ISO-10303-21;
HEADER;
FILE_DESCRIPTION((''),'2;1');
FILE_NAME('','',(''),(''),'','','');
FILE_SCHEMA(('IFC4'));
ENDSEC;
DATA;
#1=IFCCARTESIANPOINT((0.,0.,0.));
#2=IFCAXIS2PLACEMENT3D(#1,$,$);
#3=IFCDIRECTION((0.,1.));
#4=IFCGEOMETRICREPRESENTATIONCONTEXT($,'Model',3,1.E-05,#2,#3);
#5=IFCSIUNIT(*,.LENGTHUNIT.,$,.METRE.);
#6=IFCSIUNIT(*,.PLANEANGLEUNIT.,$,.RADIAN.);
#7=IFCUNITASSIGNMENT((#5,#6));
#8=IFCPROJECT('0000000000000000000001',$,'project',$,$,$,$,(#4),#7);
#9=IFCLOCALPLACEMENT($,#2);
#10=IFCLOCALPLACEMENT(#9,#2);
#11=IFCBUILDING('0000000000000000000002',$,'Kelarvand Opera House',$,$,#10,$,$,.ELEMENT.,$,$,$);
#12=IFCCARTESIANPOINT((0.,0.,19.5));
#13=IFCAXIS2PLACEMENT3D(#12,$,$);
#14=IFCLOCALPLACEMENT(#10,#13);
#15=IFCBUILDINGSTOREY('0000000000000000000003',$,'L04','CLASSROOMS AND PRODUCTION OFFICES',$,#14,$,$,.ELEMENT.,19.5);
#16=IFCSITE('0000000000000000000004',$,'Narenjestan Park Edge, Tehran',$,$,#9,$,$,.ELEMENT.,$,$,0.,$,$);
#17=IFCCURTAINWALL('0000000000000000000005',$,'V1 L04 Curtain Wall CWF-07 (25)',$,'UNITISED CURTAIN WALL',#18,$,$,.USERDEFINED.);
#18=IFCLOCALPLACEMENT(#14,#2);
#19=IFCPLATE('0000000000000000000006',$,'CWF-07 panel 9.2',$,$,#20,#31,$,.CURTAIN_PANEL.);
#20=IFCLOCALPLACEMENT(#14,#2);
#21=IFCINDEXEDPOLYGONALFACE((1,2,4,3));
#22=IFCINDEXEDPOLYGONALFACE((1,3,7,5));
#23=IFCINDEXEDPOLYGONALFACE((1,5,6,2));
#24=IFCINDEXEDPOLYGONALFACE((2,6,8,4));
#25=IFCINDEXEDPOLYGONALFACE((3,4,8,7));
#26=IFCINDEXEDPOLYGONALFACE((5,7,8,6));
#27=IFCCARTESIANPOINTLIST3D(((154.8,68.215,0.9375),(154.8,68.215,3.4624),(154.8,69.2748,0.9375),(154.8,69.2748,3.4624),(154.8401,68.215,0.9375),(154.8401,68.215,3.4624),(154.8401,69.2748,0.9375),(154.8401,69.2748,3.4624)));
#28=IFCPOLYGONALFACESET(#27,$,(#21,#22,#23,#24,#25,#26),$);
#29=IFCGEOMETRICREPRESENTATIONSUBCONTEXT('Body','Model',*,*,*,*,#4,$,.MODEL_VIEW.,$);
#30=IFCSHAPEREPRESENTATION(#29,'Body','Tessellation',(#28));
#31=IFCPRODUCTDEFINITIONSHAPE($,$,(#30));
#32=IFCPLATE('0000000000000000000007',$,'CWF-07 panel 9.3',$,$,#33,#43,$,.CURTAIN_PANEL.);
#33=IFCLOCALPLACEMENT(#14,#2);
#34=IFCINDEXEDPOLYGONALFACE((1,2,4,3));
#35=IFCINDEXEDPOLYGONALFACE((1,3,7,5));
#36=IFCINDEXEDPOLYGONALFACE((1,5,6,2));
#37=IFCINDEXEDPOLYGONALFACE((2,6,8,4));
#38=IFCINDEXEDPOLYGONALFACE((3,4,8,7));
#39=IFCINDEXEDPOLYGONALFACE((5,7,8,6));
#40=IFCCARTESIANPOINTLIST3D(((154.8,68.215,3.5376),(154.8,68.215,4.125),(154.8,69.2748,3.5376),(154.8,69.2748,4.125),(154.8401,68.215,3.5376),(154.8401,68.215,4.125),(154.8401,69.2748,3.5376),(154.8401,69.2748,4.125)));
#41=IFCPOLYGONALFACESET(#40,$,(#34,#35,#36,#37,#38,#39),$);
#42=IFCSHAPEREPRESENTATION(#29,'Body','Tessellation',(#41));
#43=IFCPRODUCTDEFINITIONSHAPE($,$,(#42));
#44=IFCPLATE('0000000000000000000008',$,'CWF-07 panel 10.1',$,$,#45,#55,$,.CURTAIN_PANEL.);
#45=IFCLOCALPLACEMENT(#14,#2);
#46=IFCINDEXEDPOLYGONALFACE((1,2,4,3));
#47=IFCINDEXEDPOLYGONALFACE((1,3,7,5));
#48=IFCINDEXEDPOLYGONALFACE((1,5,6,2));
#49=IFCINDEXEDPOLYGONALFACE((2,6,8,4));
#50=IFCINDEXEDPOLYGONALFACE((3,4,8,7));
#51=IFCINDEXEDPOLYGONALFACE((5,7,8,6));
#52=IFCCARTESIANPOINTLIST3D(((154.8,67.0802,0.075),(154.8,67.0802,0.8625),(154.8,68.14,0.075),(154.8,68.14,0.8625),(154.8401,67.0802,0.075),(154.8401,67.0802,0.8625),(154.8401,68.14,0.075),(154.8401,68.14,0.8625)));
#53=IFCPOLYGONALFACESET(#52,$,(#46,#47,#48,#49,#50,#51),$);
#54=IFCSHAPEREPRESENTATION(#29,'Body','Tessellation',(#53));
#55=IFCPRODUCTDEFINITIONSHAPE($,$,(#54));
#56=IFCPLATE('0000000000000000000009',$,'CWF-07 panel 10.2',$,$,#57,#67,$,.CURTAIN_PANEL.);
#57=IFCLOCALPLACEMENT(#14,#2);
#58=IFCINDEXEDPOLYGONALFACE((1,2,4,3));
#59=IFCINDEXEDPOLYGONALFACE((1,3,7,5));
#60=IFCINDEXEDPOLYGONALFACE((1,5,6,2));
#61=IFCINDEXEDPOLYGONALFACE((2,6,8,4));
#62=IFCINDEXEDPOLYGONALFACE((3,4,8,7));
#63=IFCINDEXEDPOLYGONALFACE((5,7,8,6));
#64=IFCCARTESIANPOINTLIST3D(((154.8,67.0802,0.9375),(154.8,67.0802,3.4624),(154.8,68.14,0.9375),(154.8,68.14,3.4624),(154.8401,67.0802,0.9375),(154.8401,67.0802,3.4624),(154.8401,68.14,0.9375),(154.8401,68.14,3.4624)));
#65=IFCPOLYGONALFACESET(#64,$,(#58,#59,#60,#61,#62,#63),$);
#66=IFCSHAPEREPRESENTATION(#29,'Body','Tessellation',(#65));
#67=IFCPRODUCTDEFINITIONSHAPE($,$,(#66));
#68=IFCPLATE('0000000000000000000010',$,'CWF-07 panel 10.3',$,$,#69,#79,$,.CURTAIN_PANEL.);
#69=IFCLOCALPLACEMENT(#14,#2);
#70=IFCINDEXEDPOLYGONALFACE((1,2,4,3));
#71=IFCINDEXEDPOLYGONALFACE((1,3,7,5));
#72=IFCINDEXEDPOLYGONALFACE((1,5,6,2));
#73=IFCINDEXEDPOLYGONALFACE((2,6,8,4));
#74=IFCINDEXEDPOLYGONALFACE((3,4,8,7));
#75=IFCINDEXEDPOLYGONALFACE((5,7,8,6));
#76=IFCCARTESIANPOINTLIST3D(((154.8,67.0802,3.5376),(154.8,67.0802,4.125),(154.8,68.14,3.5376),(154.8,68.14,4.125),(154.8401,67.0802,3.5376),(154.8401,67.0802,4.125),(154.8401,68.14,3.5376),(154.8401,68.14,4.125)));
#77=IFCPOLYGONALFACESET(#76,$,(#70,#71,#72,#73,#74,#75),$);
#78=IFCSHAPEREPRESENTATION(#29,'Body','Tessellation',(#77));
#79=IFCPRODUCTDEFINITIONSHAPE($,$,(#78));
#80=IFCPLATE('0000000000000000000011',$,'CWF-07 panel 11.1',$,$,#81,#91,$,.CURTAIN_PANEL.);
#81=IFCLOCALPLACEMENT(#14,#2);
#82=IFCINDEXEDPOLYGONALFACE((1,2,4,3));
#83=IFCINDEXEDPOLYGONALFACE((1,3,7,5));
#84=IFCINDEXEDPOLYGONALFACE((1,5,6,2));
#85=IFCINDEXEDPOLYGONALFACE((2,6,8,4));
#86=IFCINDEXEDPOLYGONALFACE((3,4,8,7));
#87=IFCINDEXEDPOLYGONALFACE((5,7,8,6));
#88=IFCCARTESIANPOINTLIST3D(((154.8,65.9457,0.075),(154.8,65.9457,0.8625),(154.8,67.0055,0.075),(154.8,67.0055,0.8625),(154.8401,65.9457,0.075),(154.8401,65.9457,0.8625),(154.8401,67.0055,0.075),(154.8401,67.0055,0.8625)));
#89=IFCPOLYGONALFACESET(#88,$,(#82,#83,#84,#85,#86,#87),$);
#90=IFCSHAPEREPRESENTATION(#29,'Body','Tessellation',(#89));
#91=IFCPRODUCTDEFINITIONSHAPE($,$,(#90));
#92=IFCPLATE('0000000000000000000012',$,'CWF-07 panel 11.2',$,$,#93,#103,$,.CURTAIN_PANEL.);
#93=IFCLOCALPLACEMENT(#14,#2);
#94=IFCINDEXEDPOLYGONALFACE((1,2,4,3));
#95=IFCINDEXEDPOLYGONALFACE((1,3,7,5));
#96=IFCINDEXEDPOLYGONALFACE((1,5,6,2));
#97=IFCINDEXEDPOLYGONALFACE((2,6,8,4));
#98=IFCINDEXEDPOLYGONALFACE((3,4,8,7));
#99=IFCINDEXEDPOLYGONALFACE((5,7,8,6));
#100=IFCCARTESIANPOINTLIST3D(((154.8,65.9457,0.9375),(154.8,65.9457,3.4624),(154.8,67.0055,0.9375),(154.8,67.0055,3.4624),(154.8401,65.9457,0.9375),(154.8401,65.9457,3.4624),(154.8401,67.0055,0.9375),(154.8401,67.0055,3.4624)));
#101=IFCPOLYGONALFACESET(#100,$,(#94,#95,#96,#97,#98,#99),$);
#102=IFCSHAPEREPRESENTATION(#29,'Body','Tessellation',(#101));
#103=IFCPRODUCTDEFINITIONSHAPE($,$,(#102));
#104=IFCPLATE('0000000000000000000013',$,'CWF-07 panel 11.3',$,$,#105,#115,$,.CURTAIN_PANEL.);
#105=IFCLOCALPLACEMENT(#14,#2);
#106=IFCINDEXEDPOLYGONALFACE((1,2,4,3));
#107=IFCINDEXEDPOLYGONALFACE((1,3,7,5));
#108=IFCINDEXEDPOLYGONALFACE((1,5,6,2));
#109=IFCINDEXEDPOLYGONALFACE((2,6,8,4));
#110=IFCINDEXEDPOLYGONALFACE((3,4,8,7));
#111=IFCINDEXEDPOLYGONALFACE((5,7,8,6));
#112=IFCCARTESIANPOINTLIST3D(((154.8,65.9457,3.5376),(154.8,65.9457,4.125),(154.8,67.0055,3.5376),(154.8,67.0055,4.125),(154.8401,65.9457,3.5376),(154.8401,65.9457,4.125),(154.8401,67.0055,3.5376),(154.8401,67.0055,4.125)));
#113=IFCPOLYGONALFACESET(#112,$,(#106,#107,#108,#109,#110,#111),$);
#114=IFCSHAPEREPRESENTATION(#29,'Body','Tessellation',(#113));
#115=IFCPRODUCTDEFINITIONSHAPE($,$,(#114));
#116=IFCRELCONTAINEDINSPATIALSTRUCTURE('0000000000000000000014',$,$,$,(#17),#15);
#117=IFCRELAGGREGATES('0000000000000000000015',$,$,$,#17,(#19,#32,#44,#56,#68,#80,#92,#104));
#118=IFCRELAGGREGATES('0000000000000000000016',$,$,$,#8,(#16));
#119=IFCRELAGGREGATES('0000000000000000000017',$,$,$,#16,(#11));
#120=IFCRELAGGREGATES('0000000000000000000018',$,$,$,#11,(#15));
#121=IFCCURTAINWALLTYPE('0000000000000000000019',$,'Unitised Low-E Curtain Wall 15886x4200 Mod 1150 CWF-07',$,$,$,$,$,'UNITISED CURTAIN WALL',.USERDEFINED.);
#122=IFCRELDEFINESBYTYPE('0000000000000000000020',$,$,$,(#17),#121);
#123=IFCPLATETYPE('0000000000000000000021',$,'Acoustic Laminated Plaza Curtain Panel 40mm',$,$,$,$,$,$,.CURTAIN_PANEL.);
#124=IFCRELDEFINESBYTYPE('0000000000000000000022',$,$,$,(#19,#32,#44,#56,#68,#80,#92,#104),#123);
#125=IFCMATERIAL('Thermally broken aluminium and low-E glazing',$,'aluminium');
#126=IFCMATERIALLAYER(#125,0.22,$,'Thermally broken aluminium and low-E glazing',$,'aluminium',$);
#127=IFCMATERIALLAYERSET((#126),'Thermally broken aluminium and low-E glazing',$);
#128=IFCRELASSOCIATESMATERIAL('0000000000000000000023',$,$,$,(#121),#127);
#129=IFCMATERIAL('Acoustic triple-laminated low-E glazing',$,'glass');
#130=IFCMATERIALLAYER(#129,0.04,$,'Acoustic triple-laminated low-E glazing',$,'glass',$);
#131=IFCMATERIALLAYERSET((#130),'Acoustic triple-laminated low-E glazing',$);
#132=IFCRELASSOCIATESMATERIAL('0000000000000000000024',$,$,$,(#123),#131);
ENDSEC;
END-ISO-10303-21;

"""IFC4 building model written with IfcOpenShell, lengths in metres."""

from ifc_helpers import new_model, si_unit, direction, frame, origin, origin_2d, place, context, subcontext, project, spatial, rectangle, extrude, material, layer, layer_set, type_object, element, aggregate, save


model = new_model("IFC4")

# Units and contexts
model_context = context("Model", 3, precision=1e-05, world=origin(), true_north=direction((0.0, 1.0)))
body_context = subcontext(model_context, "Body", "Model", "MODEL_VIEW")
ifc_project = project(units=[si_unit("LENGTHUNIT", "METRE"), si_unit("PLANEANGLEUNIT", "RADIAN")], contexts=[model_context])

# Site, building, storey
site_placement = place(None, origin())
site = spatial("IfcSite", under=ifc_project, at=site_placement, Name="Narenjestan Park Edge, Tehran", CompositionType="ELEMENT", RefElevation=0.0)
building_placement = place(site_placement, origin())
building = spatial("IfcBuilding", under=site, at=building_placement, Name="Kelarvand Opera House", CompositionType="ELEMENT")
storey_placement = place(building_placement, frame((0.0, 0.0, 19.5)))
storey = spatial("IfcBuildingStorey", under=building, at=storey_placement, Name="L04", Description="CLASSROOMS AND PRODUCTION OFFICES", CompositionType="ELEMENT", Elevation=19.5)

# Curtain wall, plates
ifc_material_1 = material(Name="Thermally broken aluminium and low-E glazing", Category="aluminium")
ifc_layer_1 = layer(ifc_material_1, 0.22, Name="Thermally broken aluminium and low-E glazing", Category="aluminium")
ifc_layer_set_1 = layer_set([ifc_layer_1], Name="Thermally broken aluminium and low-E glazing")
curtain_wall_type = type_object("IfcCurtainWallType", Name="Unitised Low-E Curtain Wall 15886x4200 Mod 1150 CWF-07", ElementType="UNITISED CURTAIN WALL", PredefinedType="USERDEFINED", material=ifc_layer_set_1)
curtain_wall_placement = place(storey_placement, origin())
curtain_wall = element("IfcCurtainWall", 1, at=curtain_wall_placement, inside=storey, type_object=curtain_wall_type, Name="V1 L04 Curtain Wall CWF-07 (25)", ObjectType="UNITISED CURTAIN WALL", PredefinedType="USERDEFINED")
ifc_material_2 = material(Name="Acoustic triple-laminated low-E glazing", Category="glass")
ifc_layer_2 = layer(ifc_material_2, 0.04, Name="Acoustic triple-laminated low-E glazing", Category="glass")
ifc_layer_set_2 = layer_set([ifc_layer_2], Name="Acoustic triple-laminated low-E glazing")
plate_type = type_object("IfcPlateType", Name="Acoustic Laminated Plaza Curtain Panel 40mm", PredefinedType="CURTAIN_PANEL", material=ifc_layer_set_2)
plate_1_placement = place(storey_placement, frame((154.8201, 68.7449, 0.9375), z_axis=(0.0, 0.0, 1.0), x_axis=(0.0, -1.0, 0.0)))
plate_1 = element("IfcPlate", 2, at=plate_1_placement, type_object=plate_type, Name="CWF-07 panel 9.2", PredefinedType="CURTAIN_PANEL", context=body_context, shape_type="SweptSolid", body=[
    extrude(rectangle(XDim=1.0598, YDim=0.04, at=origin_2d()), origin(), (0.0, 0.0, 1.0), 2.5249),
])
plate_2_placement = place(storey_placement, frame((154.8201, 68.7449, 3.5376), z_axis=(0.0, 0.0, 1.0), x_axis=(0.0, -1.0, 0.0)))
plate_2 = element("IfcPlate", 3, at=plate_2_placement, type_object=plate_type, Name="CWF-07 panel 9.3", PredefinedType="CURTAIN_PANEL", context=body_context, shape_type="SweptSolid", body=[
    extrude(rectangle(XDim=1.0598, YDim=0.04, at=origin_2d()), origin(), (0.0, 0.0, 1.0), 0.5874),
])
plate_3_placement = place(storey_placement, frame((154.8201, 67.6101, 0.075), z_axis=(0.0, 0.0, 1.0), x_axis=(0.0, -1.0, 0.0)))
plate_3 = element("IfcPlate", 4, at=plate_3_placement, type_object=plate_type, Name="CWF-07 panel 10.1", PredefinedType="CURTAIN_PANEL", context=body_context, shape_type="SweptSolid", body=[
    extrude(rectangle(XDim=1.0598, YDim=0.04, at=origin_2d()), origin(), (0.0, 0.0, 1.0), 0.7876),
])
plate_4_placement = place(storey_placement, frame((154.8201, 67.6101, 0.9375), z_axis=(0.0, 0.0, 1.0), x_axis=(0.0, -1.0, 0.0)))
plate_4 = element("IfcPlate", 5, at=plate_4_placement, type_object=plate_type, Name="CWF-07 panel 10.2", PredefinedType="CURTAIN_PANEL", context=body_context, shape_type="SweptSolid", body=[
    extrude(rectangle(XDim=1.0598, YDim=0.04, at=origin_2d()), origin(), (0.0, 0.0, 1.0), 2.5249),
])
plate_5_placement = place(storey_placement, frame((154.8201, 67.6101, 3.5376), z_axis=(0.0, 0.0, 1.0), x_axis=(0.0, -1.0, 0.0)))
plate_5 = element("IfcPlate", 6, at=plate_5_placement, type_object=plate_type, Name="CWF-07 panel 10.3", PredefinedType="CURTAIN_PANEL", context=body_context, shape_type="SweptSolid", body=[
    extrude(rectangle(XDim=1.0598, YDim=0.04, at=origin_2d()), origin(), (0.0, 0.0, 1.0), 0.5874),
])
plate_6_placement = place(storey_placement, frame((154.8201, 66.4756, 0.075), z_axis=(0.0, 0.0, 1.0), x_axis=(0.0, -1.0, 0.0)))
plate_6 = element("IfcPlate", 7, at=plate_6_placement, type_object=plate_type, Name="CWF-07 panel 11.1", PredefinedType="CURTAIN_PANEL", context=body_context, shape_type="SweptSolid", body=[
    extrude(rectangle(XDim=1.0598, YDim=0.04, at=origin_2d()), origin(), (0.0, 0.0, 1.0), 0.7876),
])
plate_7_placement = place(storey_placement, frame((154.8201, 66.4756, 0.9375), z_axis=(0.0, 0.0, 1.0), x_axis=(0.0, -1.0, 0.0)))
plate_7 = element("IfcPlate", 8, at=plate_7_placement, type_object=plate_type, Name="CWF-07 panel 11.2", PredefinedType="CURTAIN_PANEL", context=body_context, shape_type="SweptSolid", body=[
    extrude(rectangle(XDim=1.0598, YDim=0.04, at=origin_2d()), origin(), (0.0, 0.0, 1.0), 2.5249),
])
plate_8_placement = place(storey_placement, frame((154.8201, 66.4756, 3.5376), z_axis=(0.0, 0.0, 1.0), x_axis=(0.0, -1.0, 0.0)))
plate_8 = element("IfcPlate", 9, at=plate_8_placement, type_object=plate_type, Name="CWF-07 panel 11.3", PredefinedType="CURTAIN_PANEL", context=body_context, shape_type="SweptSolid", body=[
    extrude(rectangle(XDim=1.0598, YDim=0.04, at=origin_2d()), origin(), (0.0, 0.0, 1.0), 0.5874),
])
aggregate(curtain_wall, [plate_1, plate_2, plate_3, plate_4, plate_5, plate_6, plate_7, plate_8])

save(model, "model.ifc")
